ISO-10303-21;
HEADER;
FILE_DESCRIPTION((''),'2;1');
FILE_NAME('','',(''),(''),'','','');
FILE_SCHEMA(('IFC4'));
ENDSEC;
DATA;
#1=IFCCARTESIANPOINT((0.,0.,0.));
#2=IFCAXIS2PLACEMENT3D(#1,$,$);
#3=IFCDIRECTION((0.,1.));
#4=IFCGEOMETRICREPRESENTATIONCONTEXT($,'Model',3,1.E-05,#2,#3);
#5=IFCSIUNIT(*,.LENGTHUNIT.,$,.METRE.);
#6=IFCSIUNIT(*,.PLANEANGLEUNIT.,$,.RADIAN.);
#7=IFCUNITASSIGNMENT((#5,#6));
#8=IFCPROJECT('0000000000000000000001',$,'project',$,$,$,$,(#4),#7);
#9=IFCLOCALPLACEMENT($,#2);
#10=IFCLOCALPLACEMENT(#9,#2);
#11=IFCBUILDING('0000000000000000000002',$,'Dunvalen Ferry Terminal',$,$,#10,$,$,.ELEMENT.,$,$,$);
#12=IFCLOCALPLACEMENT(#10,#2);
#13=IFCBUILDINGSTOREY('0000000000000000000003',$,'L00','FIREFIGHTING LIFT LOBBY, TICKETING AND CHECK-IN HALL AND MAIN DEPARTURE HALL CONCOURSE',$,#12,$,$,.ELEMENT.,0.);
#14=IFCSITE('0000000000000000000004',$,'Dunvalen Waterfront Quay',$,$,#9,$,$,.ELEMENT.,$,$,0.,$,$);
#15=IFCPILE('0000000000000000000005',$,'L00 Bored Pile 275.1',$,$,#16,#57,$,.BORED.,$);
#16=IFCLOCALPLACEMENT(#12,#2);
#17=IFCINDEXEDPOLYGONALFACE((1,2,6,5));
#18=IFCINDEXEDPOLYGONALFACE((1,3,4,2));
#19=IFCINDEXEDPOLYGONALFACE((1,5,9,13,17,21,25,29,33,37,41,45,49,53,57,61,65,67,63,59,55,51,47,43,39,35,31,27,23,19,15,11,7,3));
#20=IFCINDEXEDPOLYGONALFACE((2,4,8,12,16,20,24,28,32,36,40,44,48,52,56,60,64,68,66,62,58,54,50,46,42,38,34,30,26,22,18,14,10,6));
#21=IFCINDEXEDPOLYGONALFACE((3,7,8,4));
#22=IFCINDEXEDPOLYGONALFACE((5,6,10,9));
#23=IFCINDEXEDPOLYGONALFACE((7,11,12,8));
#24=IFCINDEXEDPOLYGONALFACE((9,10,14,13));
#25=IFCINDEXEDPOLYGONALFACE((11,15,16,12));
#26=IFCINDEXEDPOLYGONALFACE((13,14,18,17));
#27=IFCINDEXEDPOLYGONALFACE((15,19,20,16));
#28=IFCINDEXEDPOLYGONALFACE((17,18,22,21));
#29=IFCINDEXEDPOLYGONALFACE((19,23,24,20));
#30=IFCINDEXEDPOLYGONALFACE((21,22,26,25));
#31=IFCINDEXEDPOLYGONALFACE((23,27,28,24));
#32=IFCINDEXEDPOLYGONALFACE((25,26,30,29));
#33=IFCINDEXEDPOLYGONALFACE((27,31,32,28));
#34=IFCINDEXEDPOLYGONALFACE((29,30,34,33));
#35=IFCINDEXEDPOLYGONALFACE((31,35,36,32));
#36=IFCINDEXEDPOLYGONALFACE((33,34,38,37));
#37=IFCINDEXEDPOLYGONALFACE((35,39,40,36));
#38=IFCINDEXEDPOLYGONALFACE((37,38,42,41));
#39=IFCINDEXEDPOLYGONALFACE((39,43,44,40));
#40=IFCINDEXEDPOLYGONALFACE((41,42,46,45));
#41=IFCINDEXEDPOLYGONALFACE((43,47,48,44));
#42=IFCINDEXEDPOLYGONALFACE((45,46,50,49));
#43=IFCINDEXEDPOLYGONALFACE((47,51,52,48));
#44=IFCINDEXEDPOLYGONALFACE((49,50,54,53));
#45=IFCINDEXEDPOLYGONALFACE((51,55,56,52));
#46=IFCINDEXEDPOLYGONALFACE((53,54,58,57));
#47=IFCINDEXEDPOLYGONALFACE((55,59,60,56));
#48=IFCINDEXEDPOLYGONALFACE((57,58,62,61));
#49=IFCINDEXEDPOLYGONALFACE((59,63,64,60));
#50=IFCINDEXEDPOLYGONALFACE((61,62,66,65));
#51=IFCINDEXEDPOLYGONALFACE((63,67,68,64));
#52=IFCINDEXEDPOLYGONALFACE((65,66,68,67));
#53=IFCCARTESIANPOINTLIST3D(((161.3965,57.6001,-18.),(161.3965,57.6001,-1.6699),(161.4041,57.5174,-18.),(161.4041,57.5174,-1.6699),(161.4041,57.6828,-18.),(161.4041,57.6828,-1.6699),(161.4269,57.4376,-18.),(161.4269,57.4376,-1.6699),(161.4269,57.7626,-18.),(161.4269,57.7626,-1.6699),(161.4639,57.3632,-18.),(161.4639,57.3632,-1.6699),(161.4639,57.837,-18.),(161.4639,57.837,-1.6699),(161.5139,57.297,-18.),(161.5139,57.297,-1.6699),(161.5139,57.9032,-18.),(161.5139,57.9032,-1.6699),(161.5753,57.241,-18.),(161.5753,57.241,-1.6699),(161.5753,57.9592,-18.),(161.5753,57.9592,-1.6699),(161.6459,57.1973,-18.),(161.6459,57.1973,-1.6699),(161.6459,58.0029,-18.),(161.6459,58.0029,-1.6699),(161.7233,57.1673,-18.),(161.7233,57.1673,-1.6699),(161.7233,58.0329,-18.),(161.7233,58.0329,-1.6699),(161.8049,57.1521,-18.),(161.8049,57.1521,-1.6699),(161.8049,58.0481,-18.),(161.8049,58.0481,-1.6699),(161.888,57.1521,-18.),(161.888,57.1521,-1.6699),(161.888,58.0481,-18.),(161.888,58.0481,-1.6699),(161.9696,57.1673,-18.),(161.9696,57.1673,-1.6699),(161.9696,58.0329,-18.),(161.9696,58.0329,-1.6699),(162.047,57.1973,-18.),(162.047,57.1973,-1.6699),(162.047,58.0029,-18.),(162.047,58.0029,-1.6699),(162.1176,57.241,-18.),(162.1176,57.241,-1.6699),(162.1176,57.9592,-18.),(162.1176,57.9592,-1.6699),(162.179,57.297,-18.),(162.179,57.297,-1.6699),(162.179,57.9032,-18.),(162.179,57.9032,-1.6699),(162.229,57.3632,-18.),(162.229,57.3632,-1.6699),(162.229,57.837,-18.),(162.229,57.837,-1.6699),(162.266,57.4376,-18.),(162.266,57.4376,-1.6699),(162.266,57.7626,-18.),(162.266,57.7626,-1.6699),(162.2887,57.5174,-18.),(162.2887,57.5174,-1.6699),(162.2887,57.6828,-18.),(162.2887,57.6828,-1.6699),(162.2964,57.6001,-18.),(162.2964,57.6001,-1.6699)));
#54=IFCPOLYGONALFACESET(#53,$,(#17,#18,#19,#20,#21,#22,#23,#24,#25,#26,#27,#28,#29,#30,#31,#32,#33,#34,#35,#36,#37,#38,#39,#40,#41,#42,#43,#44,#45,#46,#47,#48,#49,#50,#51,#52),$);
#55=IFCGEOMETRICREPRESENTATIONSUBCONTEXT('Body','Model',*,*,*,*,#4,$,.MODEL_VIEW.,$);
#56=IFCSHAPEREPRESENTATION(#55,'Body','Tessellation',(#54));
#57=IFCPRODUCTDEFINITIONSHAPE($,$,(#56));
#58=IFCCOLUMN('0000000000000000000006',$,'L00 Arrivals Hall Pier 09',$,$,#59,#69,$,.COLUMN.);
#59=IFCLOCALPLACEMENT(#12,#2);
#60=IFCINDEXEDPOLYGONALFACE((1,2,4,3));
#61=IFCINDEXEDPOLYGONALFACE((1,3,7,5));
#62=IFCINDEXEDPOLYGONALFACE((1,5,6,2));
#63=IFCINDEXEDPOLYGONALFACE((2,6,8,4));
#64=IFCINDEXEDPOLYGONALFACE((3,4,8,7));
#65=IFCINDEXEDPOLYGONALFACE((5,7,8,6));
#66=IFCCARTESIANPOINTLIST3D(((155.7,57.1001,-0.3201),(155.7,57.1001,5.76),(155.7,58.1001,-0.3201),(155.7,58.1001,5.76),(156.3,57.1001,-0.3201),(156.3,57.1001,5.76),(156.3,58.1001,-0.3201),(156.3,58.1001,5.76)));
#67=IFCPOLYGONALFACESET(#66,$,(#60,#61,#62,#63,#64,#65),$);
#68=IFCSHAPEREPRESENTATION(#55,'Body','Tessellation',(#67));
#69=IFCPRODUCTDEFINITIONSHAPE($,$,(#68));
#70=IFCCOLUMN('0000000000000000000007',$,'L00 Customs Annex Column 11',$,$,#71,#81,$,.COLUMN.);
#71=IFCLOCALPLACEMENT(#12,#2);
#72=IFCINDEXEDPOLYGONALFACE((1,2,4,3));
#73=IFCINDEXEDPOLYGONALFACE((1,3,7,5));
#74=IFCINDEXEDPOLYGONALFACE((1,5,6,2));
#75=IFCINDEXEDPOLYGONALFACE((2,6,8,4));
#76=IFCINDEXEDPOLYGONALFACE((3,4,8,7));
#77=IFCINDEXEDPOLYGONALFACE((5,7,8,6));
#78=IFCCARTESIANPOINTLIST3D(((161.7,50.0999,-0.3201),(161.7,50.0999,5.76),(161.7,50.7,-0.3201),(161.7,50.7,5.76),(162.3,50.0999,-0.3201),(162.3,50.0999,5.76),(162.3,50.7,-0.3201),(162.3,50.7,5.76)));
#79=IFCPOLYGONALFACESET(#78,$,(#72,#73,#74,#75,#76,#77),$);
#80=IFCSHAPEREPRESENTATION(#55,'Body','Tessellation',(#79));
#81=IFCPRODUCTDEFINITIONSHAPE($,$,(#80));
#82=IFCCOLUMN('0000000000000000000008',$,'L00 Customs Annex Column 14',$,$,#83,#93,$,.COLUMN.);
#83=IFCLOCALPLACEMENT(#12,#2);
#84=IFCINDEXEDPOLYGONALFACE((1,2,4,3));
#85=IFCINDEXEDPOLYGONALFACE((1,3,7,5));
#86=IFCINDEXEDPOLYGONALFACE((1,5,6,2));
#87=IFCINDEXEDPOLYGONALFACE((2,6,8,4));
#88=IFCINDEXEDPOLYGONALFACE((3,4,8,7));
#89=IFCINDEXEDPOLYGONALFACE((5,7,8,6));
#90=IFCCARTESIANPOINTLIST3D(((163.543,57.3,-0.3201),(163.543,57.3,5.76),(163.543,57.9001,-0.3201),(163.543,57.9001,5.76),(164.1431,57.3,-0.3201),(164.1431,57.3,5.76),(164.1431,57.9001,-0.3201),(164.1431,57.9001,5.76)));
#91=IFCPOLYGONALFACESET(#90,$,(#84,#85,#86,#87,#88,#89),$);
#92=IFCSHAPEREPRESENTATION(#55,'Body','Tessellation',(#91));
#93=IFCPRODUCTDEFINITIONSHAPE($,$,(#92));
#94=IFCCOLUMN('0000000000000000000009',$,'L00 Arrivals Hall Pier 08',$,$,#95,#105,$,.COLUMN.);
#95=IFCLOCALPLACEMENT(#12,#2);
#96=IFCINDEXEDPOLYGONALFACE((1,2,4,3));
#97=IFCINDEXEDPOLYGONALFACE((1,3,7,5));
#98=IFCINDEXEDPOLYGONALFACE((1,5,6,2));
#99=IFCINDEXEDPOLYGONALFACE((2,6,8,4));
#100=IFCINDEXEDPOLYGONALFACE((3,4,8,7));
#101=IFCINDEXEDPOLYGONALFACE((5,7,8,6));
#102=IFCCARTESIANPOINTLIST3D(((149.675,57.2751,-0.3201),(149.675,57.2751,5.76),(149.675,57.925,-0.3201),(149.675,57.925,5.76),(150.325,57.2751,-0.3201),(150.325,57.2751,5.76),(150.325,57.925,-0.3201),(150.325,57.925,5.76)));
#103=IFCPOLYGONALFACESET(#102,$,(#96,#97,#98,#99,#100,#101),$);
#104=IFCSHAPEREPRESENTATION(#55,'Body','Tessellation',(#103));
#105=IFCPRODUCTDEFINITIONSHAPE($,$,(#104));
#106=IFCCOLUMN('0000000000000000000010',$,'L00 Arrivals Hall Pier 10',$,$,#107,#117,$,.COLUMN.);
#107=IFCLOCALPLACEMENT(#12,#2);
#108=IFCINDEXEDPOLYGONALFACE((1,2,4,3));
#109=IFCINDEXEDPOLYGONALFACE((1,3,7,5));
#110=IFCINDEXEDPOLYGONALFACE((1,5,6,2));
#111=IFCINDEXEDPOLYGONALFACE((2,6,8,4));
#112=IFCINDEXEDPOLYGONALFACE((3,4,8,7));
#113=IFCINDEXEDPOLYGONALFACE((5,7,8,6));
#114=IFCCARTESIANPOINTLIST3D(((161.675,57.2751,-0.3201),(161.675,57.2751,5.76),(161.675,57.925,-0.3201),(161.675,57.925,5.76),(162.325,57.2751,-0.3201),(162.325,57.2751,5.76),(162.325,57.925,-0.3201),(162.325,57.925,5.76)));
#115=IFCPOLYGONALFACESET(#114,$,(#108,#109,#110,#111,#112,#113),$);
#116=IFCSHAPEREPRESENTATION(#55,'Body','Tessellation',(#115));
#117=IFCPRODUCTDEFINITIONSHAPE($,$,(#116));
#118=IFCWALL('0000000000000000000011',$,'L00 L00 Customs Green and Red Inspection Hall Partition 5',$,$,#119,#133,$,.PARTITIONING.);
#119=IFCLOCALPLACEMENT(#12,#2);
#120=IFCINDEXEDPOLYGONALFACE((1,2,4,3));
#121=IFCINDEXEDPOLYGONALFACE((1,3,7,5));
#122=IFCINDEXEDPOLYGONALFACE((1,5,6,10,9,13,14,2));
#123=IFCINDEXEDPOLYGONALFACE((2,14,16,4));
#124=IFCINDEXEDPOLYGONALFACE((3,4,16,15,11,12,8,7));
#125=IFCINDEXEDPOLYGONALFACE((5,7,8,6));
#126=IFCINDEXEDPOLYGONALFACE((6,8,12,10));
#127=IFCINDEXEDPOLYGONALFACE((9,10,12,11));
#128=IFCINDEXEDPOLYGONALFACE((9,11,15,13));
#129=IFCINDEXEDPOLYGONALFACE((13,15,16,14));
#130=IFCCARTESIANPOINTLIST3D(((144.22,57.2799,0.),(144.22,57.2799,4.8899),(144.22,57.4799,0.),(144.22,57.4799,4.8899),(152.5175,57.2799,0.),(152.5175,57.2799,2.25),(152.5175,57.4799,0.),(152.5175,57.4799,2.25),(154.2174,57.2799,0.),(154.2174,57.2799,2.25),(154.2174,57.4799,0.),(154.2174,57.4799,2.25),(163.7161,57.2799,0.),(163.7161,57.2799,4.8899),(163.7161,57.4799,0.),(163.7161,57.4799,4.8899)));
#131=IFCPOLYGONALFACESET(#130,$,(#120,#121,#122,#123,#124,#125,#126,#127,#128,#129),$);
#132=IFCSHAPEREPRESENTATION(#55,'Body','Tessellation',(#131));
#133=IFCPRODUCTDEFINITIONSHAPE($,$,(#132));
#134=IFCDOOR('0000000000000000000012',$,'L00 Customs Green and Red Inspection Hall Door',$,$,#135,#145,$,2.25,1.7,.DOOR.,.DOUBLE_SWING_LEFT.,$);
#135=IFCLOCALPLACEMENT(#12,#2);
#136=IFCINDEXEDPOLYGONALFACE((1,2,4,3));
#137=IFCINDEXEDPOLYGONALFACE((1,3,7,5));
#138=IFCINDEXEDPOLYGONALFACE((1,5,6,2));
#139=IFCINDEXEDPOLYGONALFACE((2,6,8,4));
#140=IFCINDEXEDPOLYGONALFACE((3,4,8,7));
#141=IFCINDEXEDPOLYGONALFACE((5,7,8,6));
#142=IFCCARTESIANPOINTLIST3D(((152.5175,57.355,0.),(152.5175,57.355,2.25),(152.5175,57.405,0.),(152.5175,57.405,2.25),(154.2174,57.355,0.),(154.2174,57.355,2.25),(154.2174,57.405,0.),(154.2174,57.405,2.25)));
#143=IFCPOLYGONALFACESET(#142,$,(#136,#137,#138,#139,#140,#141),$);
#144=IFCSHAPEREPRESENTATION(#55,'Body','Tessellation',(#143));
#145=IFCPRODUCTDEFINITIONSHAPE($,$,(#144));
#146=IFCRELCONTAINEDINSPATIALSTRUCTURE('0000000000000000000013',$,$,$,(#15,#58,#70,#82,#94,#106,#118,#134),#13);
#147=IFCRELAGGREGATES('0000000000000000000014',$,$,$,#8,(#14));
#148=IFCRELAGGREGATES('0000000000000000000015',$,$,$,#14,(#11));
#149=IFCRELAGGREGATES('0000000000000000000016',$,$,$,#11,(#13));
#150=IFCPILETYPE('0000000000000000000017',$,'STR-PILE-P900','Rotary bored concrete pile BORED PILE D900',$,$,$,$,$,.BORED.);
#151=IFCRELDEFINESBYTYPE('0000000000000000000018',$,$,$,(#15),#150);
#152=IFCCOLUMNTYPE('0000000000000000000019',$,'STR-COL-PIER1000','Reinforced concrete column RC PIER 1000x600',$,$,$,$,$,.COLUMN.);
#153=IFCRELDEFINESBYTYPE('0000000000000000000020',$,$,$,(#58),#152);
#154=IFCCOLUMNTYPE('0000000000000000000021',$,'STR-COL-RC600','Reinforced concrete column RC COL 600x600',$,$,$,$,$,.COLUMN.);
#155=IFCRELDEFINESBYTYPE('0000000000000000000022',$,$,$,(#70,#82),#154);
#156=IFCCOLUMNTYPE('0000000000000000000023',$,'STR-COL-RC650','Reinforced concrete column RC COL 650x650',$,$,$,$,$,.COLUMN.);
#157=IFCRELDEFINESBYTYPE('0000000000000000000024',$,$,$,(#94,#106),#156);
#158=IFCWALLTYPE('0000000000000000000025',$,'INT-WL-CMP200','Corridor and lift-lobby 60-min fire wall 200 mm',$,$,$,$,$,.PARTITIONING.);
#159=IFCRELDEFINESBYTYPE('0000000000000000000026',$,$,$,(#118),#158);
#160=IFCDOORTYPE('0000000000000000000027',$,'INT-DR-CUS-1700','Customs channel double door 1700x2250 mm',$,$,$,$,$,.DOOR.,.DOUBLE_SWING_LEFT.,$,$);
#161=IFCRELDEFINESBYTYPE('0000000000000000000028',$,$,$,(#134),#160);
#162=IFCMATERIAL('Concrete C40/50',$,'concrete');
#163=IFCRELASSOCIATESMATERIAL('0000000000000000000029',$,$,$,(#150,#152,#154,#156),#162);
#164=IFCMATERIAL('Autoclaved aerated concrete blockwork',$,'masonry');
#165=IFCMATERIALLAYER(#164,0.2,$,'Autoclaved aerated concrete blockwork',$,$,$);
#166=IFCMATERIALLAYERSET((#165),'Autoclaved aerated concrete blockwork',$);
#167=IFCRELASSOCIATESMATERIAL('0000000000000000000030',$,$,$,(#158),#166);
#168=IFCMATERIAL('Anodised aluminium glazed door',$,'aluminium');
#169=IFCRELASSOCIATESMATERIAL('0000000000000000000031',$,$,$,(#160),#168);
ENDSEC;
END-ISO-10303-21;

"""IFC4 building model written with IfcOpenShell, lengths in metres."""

from ifc_helpers import new_model, si_unit, direction, frame, frame_2d, origin, origin_2d, place, context, subcontext, project, spatial, rectangle, circle, extrude, material, layer, layer_set, material_profile, profile_set, type_object, element, fill, save


model = new_model("IFC4")

# Units and contexts
model_context = context("Model", 3, precision=1e-05, world=origin(), true_north=direction((0.0, 1.0)))
body_context = subcontext(model_context, "Body", "Model", "MODEL_VIEW")
ifc_project = project(units=[si_unit("LENGTHUNIT", "METRE"), si_unit("PLANEANGLEUNIT", "RADIAN")], contexts=[model_context])

# Site, building, storey
site_placement = place(None, origin())
site = spatial("IfcSite", under=ifc_project, at=site_placement, Name="Dunvalen Waterfront Quay", CompositionType="ELEMENT", RefElevation=0.0)
building_placement = place(site_placement, origin())
building = spatial("IfcBuilding", under=site, at=building_placement, Name="Dunvalen Ferry Terminal", CompositionType="ELEMENT")
storey_placement = place(building_placement, origin())
storey = spatial("IfcBuildingStorey", under=building, at=storey_placement, Name="L00", Description="FIREFIGHTING LIFT LOBBY, TICKETING AND CHECK-IN HALL AND MAIN DEPARTURE HALL CONCOURSE", CompositionType="ELEMENT", Elevation=0.0)

# Shared definitions
ifc_material_1 = material(Name="Concrete C40/50", Category="concrete")

# Pile
ifc_material_profile_1 = material_profile(ifc_material_1, circle(Radius=0.45, at=origin_2d()), Name="Concrete C40/50")
ifc_profile_set_1 = profile_set([ifc_material_profile_1], Name="Concrete C40/50")
pile_type_1 = type_object("IfcPileType", Name="STR-PILE-P900", Description="Rotary bored concrete pile BORED PILE D900", PredefinedType="BORED", material=ifc_profile_set_1)
pile_1_placement = place(storey_placement, frame((161.8464, 57.6001, -1.6699), z_axis=(0.0, 0.0, -1.0), x_axis=(1.0, 0.0, 0.0)))
element("IfcPile", 1, at=pile_1_placement, inside=storey, type_object=pile_type_1, Name="L00 Bored Pile 275.1", PredefinedType="BORED", context=body_context, shape_type="SweptSolid", body=[
    extrude(circle(Radius=0.45, at=origin_2d()), origin(), (0.0, 0.0, 1.0), 16.3301),
])

# Columns
ifc_material_profile_2 = material_profile(ifc_material_1, rectangle(XDim=0.6001, YDim=1.0, at=origin_2d()), Name="Concrete C40/50")
ifc_profile_set_2 = profile_set([ifc_material_profile_2], Name="Concrete C40/50")
column_type_1 = type_object("IfcColumnType", Name="STR-COL-PIER1000", Description="Reinforced concrete column RC PIER 1000x600", PredefinedType="COLUMN", material=ifc_profile_set_2)
column_placement = place(storey_placement, frame((156.0, 57.6001, -0.3201), z_axis=(0.0, 0.0, 1.0), x_axis=(1.0, 0.0, 0.0)))
element("IfcColumn", 2, at=column_placement, inside=storey, type_object=column_type_1, Name="L00 Arrivals Hall Pier 09", PredefinedType="COLUMN", context=body_context, shape_type="SweptSolid", body=[
    extrude(rectangle(XDim=0.6001, YDim=1.0, at=origin_2d()), origin(), (0.0, 0.0, 1.0), 6.0801),
])
ifc_material_profile_3 = material_profile(ifc_material_1, rectangle(XDim=0.6001, YDim=0.6001, at=origin_2d()), Name="Concrete C40/50")
ifc_profile_set_3 = profile_set([ifc_material_profile_3], Name="Concrete C40/50")
column_type_2 = type_object("IfcColumnType", Name="STR-COL-RC600", Description="Reinforced concrete column RC COL 600x600", PredefinedType="COLUMN", material=ifc_profile_set_3)
for number, where, z_axis, x_axis, name in (
    (3, (162.0, 50.3999, -0.3201), (0.0, 0.0, 1.0), (1.0, 0.0, 0.0), "L00 Customs Annex Column 11"),
    (4, (163.843, 57.6001, -0.3201), (0.0, 0.0, 1.0), (1.0, 0.0, 0.0), "L00 Customs Annex Column 14"),
):
    element("IfcColumn", number, at=place(storey_placement, frame(where, z_axis=z_axis, x_axis=x_axis)), inside=storey, type_object=column_type_2, Name=name, PredefinedType="COLUMN", context=body_context, shape_type="SweptSolid", body=[
        extrude(rectangle(XDim=0.6001, YDim=0.6001, at=origin_2d()), origin(), (0.0, 0.0, 1.0), 6.0801),
    ])
ifc_material_profile_4 = material_profile(ifc_material_1, rectangle(XDim=0.6499, YDim=0.6499, at=origin_2d()), Name="Concrete C40/50")
ifc_profile_set_4 = profile_set([ifc_material_profile_4], Name="Concrete C40/50")
column_type_3 = type_object("IfcColumnType", Name="STR-COL-RC650", Description="Reinforced concrete column RC COL 650x650", PredefinedType="COLUMN", material=ifc_profile_set_4)
for number, where, z_axis, x_axis, name in (
    (5, (150.0, 57.6001, -0.3201), (0.0, 0.0, 1.0), (1.0, 0.0, 0.0), "L00 Arrivals Hall Pier 08"),
    (6, (162.0, 57.6001, -0.3201), (0.0, 0.0, 1.0), (1.0, 0.0, 0.0), "L00 Arrivals Hall Pier 10"),
):
    element("IfcColumn", number, at=place(storey_placement, frame(where, z_axis=z_axis, x_axis=x_axis)), inside=storey, type_object=column_type_3, Name=name, PredefinedType="COLUMN", context=body_context, shape_type="SweptSolid", body=[
        extrude(rectangle(XDim=0.6499, YDim=0.6499, at=origin_2d()), origin(), (0.0, 0.0, 1.0), 6.0801),
    ])

# Wall, opening, door
ifc_material_2 = material(Name="Autoclaved aerated concrete blockwork", Category="masonry")
ifc_layer = layer(ifc_material_2, 0.2, Name="Autoclaved aerated concrete blockwork")
ifc_layer_set = layer_set([ifc_layer], Name="Autoclaved aerated concrete blockwork")
wall_type = type_object("IfcWallType", Name="INT-WL-CMP200", Description="Corridor and lift-lobby 60-min fire wall 200 mm", PredefinedType="PARTITIONING", material=ifc_layer_set)
wall_placement = place(storey_placement, frame((163.7161, 57.3799, 0.0), z_axis=(0.0, 0.0, 1.0), x_axis=(-1.0, 0.0, 0.0)))
wall = element("IfcWall", 7, at=wall_placement, inside=storey, type_object=wall_type, Name="L00 L00 Customs Green and Red Inspection Hall Partition 5", PredefinedType="PARTITIONING", context=body_context, shape_type="SweptSolid", body=[
    extrude(rectangle(XDim=19.4961, YDim=0.2, at=frame_2d((9.748, 0.0))), origin(), (0.0, 0.0, 1.0), 4.8899),
])
opening_placement = place(wall_placement, frame((9.4985, 0.0, 0.0)))
opening = element("IfcOpeningElement", 8, at=opening_placement, cuts=wall, PredefinedType="OPENING", context=body_context, shape_type="SweptSolid", body=[
    extrude(rectangle(XDim=1.7, YDim=2.25, at=frame_2d((0.8501, 1.125))), frame((0.0, 0.1099, 0.0), z_axis=(0.0, -1.0, 0.0), x_axis=(1.0, 0.0, 0.0)), (0.0, 0.0, 1.0), 0.22),
])
ifc_material_3 = material(Name="Anodised aluminium glazed door", Category="aluminium")
door_type = type_object("IfcDoorType", Name="INT-DR-CUS-1700", Description="Customs channel double door 1700x2250 mm", OperationType="DOUBLE_SWING_LEFT", PredefinedType="DOOR", material=ifc_material_3)
door_placement = place(opening_placement, origin())
door = element("IfcDoor", 9, at=door_placement, inside=storey, type_object=door_type, Name="L00 Customs Green and Red Inspection Hall Door", OperationType="DOUBLE_SWING_LEFT", OverallHeight=2.25, OverallWidth=1.7, PredefinedType="DOOR", context=body_context, shape_type="SweptSolid", body=[
    extrude(rectangle(XDim=1.7, YDim=2.25, at=frame_2d((0.8501, 1.125))), frame((0.0, 0.0249, 0.0), z_axis=(0.0, -1.0, 0.0), x_axis=(1.0, 0.0, 0.0)), (0.0, 0.0, 1.0), 0.05),
])
fill(opening, door)

save(model, "model.ifc")
